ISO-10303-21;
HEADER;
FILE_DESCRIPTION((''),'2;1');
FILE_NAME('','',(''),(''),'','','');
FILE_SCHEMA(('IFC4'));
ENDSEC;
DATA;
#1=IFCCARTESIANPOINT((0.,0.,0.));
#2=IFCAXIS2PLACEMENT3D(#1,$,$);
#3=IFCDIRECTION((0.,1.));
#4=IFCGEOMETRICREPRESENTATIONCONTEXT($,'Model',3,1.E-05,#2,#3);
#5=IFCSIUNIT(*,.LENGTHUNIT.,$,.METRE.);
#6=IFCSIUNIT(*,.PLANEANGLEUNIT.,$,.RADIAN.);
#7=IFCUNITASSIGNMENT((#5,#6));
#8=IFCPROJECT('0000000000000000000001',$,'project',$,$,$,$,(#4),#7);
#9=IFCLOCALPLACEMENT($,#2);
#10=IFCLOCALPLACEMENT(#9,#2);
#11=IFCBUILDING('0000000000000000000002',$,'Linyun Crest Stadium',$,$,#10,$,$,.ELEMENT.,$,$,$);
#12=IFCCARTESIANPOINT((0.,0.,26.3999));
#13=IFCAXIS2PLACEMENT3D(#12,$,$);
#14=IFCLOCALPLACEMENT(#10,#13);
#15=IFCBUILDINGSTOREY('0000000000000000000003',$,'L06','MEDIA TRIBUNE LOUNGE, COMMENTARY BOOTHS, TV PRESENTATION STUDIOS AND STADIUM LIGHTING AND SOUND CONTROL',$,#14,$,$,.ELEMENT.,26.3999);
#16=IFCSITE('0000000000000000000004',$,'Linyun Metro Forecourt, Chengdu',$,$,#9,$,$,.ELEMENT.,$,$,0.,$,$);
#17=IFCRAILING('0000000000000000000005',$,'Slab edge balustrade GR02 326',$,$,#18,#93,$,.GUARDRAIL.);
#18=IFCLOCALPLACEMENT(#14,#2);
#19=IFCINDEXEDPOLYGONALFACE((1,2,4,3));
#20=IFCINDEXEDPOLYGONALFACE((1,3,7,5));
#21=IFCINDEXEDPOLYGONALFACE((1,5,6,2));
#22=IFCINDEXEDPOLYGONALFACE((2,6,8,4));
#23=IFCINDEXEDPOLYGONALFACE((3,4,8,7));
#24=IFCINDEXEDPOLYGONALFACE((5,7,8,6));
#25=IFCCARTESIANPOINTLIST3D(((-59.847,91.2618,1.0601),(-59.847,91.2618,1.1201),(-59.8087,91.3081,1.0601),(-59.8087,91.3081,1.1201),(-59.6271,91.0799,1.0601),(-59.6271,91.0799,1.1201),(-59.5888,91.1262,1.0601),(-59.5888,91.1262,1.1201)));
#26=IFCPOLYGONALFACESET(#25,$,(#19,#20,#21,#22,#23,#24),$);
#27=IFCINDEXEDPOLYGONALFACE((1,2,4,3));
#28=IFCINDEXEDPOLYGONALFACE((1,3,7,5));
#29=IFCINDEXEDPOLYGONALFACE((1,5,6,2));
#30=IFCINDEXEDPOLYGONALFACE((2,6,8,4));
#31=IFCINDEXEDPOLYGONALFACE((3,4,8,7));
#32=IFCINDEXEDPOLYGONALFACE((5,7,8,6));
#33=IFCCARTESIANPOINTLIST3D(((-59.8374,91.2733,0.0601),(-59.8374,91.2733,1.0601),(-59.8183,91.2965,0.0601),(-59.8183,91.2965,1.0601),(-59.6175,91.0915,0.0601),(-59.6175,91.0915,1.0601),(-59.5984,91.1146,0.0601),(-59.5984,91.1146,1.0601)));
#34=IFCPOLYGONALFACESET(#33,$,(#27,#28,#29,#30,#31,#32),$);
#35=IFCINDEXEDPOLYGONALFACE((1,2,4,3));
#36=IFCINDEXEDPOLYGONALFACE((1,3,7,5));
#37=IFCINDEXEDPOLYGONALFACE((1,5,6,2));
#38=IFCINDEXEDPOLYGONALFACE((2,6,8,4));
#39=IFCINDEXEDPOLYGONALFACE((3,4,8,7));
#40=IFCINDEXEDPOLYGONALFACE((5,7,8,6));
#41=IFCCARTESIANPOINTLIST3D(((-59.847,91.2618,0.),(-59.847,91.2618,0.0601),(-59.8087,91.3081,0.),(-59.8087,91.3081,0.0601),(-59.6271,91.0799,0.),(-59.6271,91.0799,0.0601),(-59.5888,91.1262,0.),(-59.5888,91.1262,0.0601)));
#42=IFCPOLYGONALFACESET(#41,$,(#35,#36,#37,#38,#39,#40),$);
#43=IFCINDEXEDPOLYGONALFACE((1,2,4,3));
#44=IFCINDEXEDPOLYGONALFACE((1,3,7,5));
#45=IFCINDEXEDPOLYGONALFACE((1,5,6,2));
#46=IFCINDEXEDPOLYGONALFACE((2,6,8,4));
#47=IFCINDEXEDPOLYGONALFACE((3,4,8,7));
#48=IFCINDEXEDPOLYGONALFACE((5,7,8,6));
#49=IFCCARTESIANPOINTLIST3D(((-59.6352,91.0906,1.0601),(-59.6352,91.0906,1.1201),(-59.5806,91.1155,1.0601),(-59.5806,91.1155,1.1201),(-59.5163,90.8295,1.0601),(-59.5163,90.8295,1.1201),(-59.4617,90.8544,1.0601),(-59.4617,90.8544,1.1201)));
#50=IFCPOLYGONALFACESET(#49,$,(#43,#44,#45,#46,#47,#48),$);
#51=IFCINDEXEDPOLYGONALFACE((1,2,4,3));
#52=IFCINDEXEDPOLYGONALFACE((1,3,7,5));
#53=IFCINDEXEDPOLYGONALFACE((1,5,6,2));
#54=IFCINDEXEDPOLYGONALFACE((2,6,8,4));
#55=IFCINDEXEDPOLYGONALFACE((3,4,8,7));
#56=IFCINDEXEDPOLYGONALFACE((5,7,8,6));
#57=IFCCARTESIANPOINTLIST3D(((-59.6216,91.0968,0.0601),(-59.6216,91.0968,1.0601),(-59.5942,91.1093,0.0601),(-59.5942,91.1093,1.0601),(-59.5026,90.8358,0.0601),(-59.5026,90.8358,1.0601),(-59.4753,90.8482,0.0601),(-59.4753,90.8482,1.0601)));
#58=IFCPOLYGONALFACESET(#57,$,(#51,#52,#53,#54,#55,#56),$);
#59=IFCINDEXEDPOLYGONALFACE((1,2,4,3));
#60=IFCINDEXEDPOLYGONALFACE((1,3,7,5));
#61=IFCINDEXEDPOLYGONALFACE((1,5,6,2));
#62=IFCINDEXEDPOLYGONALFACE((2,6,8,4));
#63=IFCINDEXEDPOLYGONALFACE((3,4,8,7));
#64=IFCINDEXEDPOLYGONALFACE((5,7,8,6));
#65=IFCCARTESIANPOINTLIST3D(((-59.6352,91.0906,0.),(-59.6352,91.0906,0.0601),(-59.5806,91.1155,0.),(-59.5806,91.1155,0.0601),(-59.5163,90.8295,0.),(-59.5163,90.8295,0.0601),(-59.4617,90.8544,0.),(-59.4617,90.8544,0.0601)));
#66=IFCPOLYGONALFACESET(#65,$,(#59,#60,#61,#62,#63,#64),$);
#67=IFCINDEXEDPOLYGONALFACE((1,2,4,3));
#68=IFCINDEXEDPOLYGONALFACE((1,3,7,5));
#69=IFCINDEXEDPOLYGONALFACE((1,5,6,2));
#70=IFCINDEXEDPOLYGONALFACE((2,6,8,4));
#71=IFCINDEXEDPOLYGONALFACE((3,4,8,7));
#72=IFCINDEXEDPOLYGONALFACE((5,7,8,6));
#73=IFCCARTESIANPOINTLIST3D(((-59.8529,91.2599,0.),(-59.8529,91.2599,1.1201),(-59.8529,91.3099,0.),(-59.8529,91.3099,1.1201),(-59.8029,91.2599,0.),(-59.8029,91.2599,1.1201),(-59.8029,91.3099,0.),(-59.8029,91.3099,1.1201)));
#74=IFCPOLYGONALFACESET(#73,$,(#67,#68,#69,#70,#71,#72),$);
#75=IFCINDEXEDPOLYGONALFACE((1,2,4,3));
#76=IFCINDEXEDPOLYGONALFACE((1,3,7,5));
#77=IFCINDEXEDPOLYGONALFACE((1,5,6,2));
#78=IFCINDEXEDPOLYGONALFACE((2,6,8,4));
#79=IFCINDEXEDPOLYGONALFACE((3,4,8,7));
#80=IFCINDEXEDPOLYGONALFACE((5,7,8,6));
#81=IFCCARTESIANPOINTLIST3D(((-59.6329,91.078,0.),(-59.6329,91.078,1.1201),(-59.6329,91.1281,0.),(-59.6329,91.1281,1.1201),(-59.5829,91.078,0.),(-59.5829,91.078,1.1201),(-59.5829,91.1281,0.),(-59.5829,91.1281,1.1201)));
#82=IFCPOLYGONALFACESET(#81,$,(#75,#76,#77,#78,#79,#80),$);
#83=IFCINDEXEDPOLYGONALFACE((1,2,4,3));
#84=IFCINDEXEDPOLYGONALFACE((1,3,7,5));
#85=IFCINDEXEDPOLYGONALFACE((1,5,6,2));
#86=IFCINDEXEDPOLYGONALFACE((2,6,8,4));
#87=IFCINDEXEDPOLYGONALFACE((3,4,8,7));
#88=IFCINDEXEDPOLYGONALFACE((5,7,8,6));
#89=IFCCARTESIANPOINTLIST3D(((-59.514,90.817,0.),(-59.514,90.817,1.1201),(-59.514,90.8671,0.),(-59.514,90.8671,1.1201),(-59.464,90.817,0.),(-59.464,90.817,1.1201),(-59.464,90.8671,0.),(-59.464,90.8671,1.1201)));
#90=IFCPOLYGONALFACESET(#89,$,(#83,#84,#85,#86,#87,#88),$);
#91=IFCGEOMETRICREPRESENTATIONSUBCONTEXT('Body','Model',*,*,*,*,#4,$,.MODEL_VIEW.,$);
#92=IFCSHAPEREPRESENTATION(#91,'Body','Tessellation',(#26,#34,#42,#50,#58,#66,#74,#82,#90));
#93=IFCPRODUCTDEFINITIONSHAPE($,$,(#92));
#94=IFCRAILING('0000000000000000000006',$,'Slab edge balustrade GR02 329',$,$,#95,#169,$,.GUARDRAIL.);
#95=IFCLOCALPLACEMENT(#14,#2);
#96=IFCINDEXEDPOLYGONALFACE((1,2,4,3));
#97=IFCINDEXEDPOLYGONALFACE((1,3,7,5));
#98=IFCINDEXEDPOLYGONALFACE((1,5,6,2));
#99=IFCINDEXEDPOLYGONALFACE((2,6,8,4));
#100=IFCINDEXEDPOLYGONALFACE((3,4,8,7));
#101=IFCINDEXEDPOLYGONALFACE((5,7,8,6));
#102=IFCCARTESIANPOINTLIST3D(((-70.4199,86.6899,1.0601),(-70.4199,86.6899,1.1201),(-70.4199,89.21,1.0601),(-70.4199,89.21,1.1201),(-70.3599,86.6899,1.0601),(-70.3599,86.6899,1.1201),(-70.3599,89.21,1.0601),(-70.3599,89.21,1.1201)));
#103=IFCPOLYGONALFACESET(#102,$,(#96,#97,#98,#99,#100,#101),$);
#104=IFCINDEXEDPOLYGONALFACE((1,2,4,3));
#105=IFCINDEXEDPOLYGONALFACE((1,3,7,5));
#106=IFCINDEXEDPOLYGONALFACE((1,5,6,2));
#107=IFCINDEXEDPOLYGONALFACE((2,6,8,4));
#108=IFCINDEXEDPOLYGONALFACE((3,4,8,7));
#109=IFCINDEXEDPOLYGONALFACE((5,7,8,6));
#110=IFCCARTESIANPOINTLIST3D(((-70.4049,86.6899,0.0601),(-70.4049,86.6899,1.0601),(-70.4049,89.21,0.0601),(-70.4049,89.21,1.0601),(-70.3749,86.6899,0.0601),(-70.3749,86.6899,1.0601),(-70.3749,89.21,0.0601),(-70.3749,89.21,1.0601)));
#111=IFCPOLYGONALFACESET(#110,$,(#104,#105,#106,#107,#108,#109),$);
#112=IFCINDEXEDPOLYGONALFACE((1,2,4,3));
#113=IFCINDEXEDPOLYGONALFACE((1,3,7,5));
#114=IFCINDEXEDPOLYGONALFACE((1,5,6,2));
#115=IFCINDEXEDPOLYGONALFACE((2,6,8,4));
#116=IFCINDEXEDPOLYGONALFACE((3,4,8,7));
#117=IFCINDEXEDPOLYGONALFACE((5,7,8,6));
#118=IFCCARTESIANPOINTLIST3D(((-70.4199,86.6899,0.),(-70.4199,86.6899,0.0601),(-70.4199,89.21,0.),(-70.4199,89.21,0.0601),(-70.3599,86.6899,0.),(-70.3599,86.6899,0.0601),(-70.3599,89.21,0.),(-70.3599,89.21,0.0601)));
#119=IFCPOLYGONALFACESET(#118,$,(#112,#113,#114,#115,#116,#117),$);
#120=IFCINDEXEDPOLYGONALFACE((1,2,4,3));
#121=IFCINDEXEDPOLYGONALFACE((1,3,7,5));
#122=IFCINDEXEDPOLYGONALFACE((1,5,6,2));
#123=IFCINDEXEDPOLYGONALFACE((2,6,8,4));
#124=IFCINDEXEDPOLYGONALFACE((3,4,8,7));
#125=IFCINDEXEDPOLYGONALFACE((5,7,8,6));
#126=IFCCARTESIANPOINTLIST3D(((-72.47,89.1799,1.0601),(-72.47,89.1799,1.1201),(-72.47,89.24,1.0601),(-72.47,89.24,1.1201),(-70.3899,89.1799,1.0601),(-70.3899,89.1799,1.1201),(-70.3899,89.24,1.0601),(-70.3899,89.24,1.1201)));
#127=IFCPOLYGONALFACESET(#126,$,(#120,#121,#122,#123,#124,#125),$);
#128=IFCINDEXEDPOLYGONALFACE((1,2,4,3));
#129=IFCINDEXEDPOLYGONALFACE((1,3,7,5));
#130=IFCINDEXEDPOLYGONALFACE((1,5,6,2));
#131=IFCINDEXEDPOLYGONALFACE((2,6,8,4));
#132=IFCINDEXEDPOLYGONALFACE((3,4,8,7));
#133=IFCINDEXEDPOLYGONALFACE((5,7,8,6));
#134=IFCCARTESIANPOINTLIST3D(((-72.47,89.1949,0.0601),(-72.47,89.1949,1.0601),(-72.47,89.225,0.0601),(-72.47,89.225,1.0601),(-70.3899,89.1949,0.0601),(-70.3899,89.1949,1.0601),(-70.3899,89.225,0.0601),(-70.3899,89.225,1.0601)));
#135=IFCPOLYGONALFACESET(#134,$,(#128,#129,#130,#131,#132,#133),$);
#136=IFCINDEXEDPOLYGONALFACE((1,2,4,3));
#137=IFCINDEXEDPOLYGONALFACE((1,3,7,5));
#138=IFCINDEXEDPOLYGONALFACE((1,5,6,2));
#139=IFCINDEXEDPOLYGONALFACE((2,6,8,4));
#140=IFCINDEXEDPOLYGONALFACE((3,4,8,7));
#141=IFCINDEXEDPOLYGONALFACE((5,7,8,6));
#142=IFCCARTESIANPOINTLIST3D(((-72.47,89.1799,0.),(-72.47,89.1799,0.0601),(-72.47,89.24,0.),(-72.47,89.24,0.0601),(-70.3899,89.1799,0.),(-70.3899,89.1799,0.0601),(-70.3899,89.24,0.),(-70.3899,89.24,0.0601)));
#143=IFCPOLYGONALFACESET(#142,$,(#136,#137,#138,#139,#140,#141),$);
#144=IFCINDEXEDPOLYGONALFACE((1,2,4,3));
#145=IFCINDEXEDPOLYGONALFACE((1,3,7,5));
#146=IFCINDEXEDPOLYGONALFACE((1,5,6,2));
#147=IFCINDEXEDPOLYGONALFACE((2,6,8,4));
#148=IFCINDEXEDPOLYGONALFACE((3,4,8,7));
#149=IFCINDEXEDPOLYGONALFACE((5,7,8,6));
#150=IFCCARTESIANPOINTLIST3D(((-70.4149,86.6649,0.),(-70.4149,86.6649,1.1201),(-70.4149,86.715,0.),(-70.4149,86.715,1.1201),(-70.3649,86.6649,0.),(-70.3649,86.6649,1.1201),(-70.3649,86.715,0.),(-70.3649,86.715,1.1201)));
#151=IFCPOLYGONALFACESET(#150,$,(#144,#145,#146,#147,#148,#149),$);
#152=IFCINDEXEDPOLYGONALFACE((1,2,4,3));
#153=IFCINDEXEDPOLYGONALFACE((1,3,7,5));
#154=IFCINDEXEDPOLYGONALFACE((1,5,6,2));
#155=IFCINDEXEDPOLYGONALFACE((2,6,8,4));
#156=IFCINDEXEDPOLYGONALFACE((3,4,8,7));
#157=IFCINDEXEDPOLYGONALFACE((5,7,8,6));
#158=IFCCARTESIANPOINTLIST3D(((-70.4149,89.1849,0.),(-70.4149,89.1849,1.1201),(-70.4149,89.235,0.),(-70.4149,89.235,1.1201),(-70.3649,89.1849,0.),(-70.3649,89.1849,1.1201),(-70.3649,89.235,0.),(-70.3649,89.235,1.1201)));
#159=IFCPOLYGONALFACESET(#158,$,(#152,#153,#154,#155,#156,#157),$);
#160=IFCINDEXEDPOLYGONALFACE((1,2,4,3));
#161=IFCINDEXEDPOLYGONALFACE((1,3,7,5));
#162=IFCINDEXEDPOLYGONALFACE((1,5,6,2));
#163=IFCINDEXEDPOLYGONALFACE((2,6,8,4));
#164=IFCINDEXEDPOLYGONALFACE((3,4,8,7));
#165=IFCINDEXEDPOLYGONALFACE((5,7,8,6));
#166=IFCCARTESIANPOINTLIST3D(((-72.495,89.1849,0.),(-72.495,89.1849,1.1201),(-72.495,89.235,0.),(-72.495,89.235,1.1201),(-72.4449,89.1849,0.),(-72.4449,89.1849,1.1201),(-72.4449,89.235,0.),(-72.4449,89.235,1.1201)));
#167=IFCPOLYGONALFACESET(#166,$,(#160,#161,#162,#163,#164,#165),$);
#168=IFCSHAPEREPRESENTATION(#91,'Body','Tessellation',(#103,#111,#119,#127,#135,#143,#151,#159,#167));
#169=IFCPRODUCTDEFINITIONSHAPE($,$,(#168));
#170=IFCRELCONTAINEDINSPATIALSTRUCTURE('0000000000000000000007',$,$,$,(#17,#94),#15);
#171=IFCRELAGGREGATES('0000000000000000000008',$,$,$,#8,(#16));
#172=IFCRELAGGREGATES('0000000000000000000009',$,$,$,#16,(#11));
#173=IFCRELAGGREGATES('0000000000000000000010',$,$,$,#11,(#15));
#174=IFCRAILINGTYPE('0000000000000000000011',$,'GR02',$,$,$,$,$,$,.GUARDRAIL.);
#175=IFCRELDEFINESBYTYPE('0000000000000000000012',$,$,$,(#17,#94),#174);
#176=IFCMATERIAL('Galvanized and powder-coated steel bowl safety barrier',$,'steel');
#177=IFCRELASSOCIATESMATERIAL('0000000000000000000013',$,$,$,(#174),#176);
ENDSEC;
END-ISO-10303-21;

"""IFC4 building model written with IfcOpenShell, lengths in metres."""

from ifc_helpers import new_model, si_unit, direction, frame, origin, origin_2d, place, context, subcontext, project, spatial, rectangle, extrude, material, type_object, element, save


model = new_model("IFC4")

# Units and contexts
model_context = context("Model", 3, precision=1e-05, world=origin(), true_north=direction((0.0, 1.0)))
body_context = subcontext(model_context, "Body", "Model", "MODEL_VIEW")
ifc_project = project(units=[si_unit("LENGTHUNIT", "METRE"), si_unit("PLANEANGLEUNIT", "RADIAN")], contexts=[model_context])

# Site, building, storey
site_placement = place(None, origin())
site = spatial("IfcSite", under=ifc_project, at=site_placement, Name="Linyun Metro Forecourt, Chengdu", CompositionType="ELEMENT", RefElevation=0.0)
building_placement = place(site_placement, origin())
building = spatial("IfcBuilding", under=site, at=building_placement, Name="Linyun Crest Stadium", CompositionType="ELEMENT")
storey_placement = place(building_placement, frame((0.0, 0.0, 26.3999)))
storey = spatial("IfcBuildingStorey", under=building, at=storey_placement, Name="L06", Description="MEDIA TRIBUNE LOUNGE, COMMENTARY BOOTHS, TV PRESENTATION STUDIOS AND STADIUM LIGHTING AND SOUND CONTROL", CompositionType="ELEMENT", Elevation=26.3999)

# Railings
ifc_material_1 = material(Name="Galvanized and powder-coated steel bowl safety barrier", Category="steel")
railing_type = type_object("IfcRailingType", Name="GR02", PredefinedType="GUARDRAIL", material=ifc_material_1)
railing_1_placement = place(storey_placement, frame((-59.8279, 91.2849, 0.0)))
element("IfcRailing", 1, at=railing_1_placement, inside=storey, type_object=railing_type, Name="Slab edge balustrade GR02 326", PredefinedType="GUARDRAIL", context=body_context, shape_type="SweptSolid", body=[
    extrude(rectangle(XDim=0.0601, YDim=0.0601, at=origin_2d()), frame((0.0, 0.0, 1.0901), z_axis=(0.77067, -0.637235, 0.0), x_axis=(0.637235, 0.77067, 0.0)), (0.0, 0.0, 1.0), 0.2854),
    extrude(rectangle(XDim=0.03, YDim=1.0, at=origin_2d()), frame((0.0, 0.0, 0.5601), z_axis=(0.77067, -0.637235, 0.0), x_axis=(0.637235, 0.77067, 0.0)), (0.0, 0.0, 1.0), 0.2854),
    extrude(rectangle(XDim=0.0601, YDim=0.0601, at=origin_2d()), frame((0.0, 0.0, 0.03), z_axis=(0.77067, -0.637235, 0.0), x_axis=(0.637235, 0.77067, 0.0)), (0.0, 0.0, 1.0), 0.2854),
    extrude(rectangle(XDim=0.0601, YDim=0.0601, at=origin_2d()), frame((0.22, -0.1819, 1.0901), z_axis=(0.414572, -0.910016, 0.0), x_axis=(0.910016, 0.414572, 0.0)), (0.0, 0.0, 1.0), 0.2869),
    extrude(rectangle(XDim=0.03, YDim=1.0, at=origin_2d()), frame((0.22, -0.1819, 0.5601), z_axis=(0.414572, -0.910016, 0.0), x_axis=(0.910016, 0.414572, 0.0)), (0.0, 0.0, 1.0), 0.2869),
    extrude(rectangle(XDim=0.0601, YDim=0.0601, at=origin_2d()), frame((0.22, -0.1819, 0.03), z_axis=(0.414572, -0.910016, 0.0), x_axis=(0.910016, 0.414572, 0.0)), (0.0, 0.0, 1.0), 0.2869),
    extrude(rectangle(XDim=0.05, YDim=0.05, at=origin_2d()), origin(), (0.0, 0.0, 1.0), 1.1201),
    extrude(rectangle(XDim=0.05, YDim=0.05, at=origin_2d()), frame((0.22, -0.1819, 0.0)), (0.0, 0.0, 1.0), 1.1201),
    extrude(rectangle(XDim=0.05, YDim=0.05, at=origin_2d()), frame((0.3389, -0.4429, 0.0)), (0.0, 0.0, 1.0), 1.1201),
])
railing_2_placement = place(storey_placement, frame((-70.3899, 86.6899, 0.0)))
element("IfcRailing", 2, at=railing_2_placement, inside=storey, type_object=railing_type, Name="Slab edge balustrade GR02 329", PredefinedType="GUARDRAIL", context=body_context, shape_type="SweptSolid", body=[
    extrude(rectangle(XDim=0.0601, YDim=0.0601, at=origin_2d()), frame((0.0, 0.0, 1.0901), z_axis=(0.0, 1.0, 0.0), x_axis=(-1.0, 0.0, 0.0)), (0.0, 0.0, 1.0), 2.52),
    extrude(rectangle(XDim=0.03, YDim=1.0, at=origin_2d()), frame((0.0, 0.0, 0.5601), z_axis=(0.0, 1.0, 0.0), x_axis=(-1.0, 0.0, 0.0)), (0.0, 0.0, 1.0), 2.52),
    extrude(rectangle(XDim=0.0601, YDim=0.0601, at=origin_2d()), frame((0.0, 0.0, 0.03), z_axis=(0.0, 1.0, 0.0), x_axis=(-1.0, 0.0, 0.0)), (0.0, 0.0, 1.0), 2.52),
    extrude(rectangle(XDim=0.0601, YDim=0.0601, at=origin_2d()), frame((0.0, 2.52, 1.0901), z_axis=(-1.0, 0.0, 0.0), x_axis=(0.0, -1.0, 0.0)), (0.0, 0.0, 1.0), 2.0801),
    extrude(rectangle(XDim=0.03, YDim=1.0, at=origin_2d()), frame((0.0, 2.52, 0.5601), z_axis=(-1.0, 0.0, 0.0), x_axis=(0.0, -1.0, 0.0)), (0.0, 0.0, 1.0), 2.0801),
    extrude(rectangle(XDim=0.0601, YDim=0.0601, at=origin_2d()), frame((0.0, 2.52, 0.03), z_axis=(-1.0, 0.0, 0.0), x_axis=(0.0, -1.0, 0.0)), (0.0, 0.0, 1.0), 2.0801),
    extrude(rectangle(XDim=0.05, YDim=0.05, at=origin_2d()), origin(), (0.0, 0.0, 1.0), 1.1201),
    extrude(rectangle(XDim=0.05, YDim=0.05, at=origin_2d()), frame((0.0, 2.52, 0.0)), (0.0, 0.0, 1.0), 1.1201),
    extrude(rectangle(XDim=0.05, YDim=0.05, at=origin_2d()), frame((-2.0801, 2.52, 0.0)), (0.0, 0.0, 1.0), 1.1201),
])

save(model, "model.ifc")
